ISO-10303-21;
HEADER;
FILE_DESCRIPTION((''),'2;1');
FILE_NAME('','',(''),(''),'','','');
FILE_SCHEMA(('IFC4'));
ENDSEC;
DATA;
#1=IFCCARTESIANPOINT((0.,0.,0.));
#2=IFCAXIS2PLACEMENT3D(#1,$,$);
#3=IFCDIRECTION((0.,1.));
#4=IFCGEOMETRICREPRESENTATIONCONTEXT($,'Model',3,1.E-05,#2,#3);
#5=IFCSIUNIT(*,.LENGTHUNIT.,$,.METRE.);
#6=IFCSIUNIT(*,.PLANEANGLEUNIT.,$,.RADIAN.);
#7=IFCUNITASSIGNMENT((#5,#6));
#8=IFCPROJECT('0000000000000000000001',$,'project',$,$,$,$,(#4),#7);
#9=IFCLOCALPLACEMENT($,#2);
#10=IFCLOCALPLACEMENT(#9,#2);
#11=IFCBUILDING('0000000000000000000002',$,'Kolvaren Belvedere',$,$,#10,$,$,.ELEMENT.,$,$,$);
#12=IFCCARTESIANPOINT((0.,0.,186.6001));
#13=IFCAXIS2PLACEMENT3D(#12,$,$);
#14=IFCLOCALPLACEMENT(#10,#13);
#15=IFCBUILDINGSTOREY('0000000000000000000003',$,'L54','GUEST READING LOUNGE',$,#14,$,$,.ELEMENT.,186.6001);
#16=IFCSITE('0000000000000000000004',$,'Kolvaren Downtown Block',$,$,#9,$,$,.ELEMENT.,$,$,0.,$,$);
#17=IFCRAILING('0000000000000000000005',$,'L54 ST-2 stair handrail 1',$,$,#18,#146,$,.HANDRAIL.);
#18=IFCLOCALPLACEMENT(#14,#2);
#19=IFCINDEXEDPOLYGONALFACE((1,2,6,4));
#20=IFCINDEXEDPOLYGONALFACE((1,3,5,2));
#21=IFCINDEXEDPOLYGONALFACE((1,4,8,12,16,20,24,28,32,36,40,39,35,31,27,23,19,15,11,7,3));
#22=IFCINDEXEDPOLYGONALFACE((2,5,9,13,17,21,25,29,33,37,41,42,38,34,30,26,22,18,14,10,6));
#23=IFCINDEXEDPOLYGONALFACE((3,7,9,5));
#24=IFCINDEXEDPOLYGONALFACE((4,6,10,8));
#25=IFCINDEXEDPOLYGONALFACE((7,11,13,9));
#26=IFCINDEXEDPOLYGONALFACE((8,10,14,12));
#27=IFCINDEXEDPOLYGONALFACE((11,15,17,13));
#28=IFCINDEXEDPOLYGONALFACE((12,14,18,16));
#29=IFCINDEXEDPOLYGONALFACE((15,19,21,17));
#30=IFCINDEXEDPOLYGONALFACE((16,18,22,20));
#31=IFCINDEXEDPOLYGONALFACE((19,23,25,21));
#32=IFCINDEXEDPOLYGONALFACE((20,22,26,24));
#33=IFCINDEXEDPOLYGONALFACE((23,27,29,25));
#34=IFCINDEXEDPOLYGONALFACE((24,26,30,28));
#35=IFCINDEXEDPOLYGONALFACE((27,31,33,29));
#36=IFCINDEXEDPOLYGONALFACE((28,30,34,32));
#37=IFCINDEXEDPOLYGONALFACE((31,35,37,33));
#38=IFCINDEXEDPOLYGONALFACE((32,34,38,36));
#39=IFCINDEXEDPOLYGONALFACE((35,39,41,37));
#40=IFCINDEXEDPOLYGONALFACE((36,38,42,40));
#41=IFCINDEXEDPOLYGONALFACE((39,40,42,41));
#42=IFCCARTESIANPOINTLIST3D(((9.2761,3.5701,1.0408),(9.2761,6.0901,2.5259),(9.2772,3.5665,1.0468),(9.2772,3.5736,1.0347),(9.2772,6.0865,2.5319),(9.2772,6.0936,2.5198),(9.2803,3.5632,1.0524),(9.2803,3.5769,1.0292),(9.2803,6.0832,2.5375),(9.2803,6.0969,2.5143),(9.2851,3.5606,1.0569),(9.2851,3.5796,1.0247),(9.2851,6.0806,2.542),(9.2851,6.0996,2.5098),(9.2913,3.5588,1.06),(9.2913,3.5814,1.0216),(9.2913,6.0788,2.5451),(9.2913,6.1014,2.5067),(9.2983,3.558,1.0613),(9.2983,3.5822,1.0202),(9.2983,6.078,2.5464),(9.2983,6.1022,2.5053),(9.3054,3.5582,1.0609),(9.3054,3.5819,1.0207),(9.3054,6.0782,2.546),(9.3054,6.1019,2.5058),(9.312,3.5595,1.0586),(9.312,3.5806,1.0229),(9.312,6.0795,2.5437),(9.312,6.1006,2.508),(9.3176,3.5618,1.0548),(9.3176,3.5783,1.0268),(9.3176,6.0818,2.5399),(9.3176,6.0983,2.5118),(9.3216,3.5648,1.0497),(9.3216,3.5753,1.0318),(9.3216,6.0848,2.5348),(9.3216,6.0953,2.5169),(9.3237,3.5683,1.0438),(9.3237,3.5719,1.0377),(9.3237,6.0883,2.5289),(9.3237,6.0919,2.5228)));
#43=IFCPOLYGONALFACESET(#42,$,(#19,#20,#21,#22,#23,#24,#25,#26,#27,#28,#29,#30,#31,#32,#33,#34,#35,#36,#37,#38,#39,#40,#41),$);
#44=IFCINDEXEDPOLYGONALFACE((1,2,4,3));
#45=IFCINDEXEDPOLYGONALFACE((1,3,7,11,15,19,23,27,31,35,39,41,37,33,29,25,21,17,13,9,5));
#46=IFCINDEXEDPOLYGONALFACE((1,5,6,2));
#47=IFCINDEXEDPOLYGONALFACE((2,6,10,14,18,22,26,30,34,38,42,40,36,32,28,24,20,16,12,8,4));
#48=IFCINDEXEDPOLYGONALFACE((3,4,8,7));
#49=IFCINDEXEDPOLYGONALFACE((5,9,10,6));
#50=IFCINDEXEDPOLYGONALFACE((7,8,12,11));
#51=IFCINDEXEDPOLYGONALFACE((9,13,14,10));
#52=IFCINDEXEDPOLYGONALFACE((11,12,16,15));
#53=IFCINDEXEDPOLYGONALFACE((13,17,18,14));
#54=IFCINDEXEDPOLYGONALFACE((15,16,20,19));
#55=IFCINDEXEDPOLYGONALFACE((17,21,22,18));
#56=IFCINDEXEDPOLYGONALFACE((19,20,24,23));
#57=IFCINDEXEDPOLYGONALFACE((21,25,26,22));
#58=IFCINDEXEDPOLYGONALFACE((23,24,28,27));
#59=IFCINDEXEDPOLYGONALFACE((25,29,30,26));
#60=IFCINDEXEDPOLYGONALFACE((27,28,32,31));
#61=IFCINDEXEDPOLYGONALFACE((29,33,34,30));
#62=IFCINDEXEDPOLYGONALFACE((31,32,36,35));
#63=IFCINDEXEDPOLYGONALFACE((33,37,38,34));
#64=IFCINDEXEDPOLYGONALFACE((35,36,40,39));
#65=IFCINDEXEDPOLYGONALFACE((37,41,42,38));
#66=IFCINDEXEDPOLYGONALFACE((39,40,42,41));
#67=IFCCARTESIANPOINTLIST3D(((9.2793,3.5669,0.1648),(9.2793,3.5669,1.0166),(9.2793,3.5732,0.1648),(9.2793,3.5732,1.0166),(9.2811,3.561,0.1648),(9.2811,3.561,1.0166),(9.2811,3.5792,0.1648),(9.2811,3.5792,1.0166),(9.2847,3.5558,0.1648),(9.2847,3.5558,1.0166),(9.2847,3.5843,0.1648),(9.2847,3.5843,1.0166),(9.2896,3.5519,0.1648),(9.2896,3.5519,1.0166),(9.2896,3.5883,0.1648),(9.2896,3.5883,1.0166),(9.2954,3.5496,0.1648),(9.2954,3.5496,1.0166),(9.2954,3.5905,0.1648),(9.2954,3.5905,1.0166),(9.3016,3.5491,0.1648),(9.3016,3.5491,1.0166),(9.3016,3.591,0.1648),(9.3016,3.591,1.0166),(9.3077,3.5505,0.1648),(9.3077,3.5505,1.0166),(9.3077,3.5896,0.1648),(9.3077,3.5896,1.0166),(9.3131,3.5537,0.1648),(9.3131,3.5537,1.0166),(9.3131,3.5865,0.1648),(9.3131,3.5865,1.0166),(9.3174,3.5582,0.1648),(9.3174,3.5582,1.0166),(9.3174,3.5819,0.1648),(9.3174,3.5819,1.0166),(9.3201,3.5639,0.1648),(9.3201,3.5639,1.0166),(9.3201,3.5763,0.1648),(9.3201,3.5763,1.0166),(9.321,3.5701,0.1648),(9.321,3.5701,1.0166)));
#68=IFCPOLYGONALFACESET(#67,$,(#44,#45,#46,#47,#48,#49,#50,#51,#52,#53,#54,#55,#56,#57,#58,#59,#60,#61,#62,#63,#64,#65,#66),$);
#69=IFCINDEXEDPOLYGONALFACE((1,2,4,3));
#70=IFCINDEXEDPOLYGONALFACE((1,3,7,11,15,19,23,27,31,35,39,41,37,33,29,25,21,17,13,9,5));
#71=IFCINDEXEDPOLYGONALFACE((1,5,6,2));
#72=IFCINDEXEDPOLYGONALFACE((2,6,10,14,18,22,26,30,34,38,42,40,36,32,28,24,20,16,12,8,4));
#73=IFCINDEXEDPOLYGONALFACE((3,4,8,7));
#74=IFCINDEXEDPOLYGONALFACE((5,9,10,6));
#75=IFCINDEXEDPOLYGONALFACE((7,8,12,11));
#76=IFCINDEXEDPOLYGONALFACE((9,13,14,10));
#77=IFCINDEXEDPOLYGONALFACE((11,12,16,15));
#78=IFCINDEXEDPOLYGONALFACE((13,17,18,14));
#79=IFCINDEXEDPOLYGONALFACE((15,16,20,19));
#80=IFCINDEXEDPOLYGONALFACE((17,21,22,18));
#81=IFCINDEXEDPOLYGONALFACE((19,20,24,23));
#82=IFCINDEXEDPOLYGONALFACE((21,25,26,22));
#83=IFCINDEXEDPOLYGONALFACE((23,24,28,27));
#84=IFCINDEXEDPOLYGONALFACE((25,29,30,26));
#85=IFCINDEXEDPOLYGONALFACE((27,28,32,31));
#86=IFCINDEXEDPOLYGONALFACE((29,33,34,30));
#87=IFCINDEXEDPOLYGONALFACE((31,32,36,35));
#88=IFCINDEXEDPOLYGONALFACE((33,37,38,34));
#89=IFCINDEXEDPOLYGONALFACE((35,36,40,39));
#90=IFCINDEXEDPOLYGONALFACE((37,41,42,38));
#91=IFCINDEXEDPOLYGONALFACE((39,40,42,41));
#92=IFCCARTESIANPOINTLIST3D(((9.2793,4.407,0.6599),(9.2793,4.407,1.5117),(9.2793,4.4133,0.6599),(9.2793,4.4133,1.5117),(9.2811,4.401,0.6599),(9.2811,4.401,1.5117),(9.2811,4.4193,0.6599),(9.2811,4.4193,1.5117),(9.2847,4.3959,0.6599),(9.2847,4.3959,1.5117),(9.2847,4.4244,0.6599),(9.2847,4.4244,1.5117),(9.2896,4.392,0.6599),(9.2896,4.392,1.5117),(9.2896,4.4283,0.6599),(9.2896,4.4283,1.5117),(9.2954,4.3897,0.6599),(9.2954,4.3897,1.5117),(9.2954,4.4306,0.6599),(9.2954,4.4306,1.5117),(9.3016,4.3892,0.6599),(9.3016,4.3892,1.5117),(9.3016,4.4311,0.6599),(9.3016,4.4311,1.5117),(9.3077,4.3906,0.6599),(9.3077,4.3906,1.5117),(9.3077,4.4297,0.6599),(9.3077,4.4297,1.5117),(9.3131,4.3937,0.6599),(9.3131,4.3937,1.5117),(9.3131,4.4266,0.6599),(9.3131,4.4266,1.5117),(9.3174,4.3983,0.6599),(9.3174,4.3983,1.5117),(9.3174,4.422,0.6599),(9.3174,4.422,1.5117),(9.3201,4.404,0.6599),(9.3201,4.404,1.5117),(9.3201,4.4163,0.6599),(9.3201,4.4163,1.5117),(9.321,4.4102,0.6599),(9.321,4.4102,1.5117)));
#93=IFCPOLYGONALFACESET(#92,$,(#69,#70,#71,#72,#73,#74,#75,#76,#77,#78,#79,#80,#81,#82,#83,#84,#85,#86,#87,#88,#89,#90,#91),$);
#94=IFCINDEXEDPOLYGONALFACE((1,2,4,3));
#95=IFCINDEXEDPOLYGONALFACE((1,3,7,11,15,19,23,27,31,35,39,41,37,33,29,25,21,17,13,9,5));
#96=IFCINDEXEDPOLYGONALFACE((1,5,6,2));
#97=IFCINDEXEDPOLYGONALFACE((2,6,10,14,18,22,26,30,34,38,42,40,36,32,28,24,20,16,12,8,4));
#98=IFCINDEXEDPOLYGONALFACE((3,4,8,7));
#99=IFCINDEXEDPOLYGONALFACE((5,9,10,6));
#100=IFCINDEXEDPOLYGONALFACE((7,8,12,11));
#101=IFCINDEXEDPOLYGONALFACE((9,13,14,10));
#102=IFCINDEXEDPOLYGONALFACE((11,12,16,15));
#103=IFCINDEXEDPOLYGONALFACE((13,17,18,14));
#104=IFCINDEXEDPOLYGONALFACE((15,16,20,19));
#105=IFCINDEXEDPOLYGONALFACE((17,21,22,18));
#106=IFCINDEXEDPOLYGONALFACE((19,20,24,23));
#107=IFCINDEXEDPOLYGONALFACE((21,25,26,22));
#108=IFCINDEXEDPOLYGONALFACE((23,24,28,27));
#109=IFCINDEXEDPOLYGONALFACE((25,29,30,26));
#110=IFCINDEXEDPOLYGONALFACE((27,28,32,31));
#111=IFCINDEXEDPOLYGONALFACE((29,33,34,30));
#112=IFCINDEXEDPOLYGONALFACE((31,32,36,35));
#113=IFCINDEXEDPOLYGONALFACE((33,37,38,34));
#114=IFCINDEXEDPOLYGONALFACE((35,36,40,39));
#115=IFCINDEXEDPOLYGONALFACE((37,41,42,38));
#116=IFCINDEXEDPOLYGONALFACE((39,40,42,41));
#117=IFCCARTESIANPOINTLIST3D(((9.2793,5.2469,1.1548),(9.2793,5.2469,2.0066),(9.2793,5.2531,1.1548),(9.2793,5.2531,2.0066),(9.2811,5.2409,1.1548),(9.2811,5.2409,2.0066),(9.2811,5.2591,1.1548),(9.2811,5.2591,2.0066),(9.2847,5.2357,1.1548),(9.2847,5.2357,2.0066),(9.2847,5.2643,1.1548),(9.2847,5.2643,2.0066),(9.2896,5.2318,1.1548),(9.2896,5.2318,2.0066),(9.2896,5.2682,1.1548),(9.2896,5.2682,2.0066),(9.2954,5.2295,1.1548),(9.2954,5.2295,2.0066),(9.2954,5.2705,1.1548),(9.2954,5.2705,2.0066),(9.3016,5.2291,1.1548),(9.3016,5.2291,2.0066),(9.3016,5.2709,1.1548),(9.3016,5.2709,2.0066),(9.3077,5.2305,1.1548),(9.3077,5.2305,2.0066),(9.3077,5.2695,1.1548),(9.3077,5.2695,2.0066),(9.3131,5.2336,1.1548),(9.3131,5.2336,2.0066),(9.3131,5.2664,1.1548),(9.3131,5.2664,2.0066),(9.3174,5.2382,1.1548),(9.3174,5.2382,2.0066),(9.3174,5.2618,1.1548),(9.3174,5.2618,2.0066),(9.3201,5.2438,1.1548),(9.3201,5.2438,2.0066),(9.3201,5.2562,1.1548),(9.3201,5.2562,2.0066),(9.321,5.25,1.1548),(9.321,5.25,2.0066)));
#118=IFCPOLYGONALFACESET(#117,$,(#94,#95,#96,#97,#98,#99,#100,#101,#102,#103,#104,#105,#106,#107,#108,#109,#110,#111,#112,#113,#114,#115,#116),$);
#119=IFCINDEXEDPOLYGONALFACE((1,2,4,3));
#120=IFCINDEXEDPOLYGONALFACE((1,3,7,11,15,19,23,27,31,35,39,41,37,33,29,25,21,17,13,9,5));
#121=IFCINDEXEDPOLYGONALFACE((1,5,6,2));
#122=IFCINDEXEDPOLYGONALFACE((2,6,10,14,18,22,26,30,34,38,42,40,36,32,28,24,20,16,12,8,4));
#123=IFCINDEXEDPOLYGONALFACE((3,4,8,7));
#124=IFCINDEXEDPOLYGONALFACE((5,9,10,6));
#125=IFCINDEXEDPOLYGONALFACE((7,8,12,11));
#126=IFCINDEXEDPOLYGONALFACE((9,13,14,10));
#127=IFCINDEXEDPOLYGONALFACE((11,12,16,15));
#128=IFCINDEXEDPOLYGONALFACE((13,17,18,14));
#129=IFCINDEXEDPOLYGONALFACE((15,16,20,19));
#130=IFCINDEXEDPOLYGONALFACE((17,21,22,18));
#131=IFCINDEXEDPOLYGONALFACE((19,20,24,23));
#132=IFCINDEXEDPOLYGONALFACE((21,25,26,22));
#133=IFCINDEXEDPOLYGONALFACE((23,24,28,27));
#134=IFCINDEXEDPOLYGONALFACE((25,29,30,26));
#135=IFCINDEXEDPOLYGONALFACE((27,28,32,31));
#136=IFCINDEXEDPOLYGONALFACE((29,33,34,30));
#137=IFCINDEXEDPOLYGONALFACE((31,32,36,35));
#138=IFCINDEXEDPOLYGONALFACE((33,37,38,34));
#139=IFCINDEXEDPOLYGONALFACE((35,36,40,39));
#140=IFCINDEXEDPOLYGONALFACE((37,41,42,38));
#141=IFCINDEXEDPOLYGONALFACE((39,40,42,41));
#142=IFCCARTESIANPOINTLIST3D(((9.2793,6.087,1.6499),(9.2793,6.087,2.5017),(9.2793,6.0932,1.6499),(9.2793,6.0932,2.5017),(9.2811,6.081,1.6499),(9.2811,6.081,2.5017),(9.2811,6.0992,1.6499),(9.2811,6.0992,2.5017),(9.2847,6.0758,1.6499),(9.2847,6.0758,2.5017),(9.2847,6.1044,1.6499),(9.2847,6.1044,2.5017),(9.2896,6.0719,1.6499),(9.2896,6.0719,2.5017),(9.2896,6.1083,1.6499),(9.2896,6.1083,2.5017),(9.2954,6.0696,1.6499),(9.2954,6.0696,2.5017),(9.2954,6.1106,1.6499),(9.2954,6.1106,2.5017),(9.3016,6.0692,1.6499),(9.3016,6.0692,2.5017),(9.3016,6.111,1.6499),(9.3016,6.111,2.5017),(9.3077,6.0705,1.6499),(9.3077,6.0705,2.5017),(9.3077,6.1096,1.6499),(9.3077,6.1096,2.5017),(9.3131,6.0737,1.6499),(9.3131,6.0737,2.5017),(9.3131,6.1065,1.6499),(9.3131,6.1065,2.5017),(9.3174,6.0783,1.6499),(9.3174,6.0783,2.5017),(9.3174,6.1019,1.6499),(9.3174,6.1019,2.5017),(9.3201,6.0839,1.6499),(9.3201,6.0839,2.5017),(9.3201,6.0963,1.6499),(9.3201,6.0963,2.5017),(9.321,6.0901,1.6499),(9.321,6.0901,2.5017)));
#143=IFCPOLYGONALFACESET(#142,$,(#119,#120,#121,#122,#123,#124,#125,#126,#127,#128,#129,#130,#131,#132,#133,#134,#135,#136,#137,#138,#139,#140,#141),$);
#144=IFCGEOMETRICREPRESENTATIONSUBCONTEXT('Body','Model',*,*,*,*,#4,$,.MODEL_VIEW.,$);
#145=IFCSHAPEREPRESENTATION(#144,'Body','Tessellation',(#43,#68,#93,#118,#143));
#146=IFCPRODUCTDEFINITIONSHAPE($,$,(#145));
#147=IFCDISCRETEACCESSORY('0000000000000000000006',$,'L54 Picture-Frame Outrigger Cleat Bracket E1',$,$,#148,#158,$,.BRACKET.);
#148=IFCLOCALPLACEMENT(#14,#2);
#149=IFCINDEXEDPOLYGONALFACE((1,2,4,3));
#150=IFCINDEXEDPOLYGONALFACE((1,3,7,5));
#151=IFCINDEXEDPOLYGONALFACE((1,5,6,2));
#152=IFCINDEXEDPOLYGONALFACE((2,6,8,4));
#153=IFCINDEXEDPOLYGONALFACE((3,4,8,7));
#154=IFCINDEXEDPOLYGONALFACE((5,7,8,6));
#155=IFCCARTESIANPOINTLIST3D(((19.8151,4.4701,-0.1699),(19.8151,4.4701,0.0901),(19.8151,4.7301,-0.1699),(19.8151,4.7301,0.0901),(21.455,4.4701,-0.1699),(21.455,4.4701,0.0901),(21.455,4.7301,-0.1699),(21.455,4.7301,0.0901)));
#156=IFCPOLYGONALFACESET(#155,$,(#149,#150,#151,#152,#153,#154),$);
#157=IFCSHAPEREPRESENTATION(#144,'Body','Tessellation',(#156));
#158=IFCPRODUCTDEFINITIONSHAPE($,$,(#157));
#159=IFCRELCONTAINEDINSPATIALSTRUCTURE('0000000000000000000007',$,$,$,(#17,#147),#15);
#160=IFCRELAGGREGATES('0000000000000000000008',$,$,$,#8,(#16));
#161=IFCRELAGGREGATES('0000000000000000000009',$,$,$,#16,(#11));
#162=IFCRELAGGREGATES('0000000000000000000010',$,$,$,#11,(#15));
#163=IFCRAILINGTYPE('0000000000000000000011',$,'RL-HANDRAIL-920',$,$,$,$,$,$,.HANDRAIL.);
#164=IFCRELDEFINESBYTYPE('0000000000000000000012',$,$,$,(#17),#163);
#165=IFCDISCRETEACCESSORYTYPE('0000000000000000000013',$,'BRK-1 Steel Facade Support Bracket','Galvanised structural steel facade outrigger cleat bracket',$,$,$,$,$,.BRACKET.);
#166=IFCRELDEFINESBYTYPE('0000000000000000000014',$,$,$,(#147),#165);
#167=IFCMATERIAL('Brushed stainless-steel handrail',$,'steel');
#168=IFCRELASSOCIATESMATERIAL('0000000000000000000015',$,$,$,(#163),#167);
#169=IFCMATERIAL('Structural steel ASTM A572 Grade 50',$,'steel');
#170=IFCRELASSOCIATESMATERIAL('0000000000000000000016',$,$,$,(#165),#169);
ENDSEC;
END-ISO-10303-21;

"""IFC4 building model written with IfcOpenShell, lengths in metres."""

from ifc_helpers import new_model, si_unit, direction, frame, origin, origin_2d, place, context, subcontext, project, spatial, rectangle, circle, extrude, material, type_object, element, save


model = new_model("IFC4")

# Units and contexts
model_context = context("Model", 3, precision=1e-05, world=origin(), true_north=direction((0.0, 1.0)))
body_context = subcontext(model_context, "Body", "Model", "MODEL_VIEW")
ifc_project = project(units=[si_unit("LENGTHUNIT", "METRE"), si_unit("PLANEANGLEUNIT", "RADIAN")], contexts=[model_context])

# Site, building, storey
site_placement = place(None, origin())
site = spatial("IfcSite", under=ifc_project, at=site_placement, Name="Kolvaren Downtown Block", CompositionType="ELEMENT", RefElevation=0.0)
building_placement = place(site_placement, origin())
building = spatial("IfcBuilding", under=site, at=building_placement, Name="Kolvaren Belvedere", CompositionType="ELEMENT")
storey_placement = place(building_placement, frame((0.0, 0.0, 186.6001)))
storey = spatial("IfcBuildingStorey", under=building, at=storey_placement, Name="L54", Description="GUEST READING LOUNGE", CompositionType="ELEMENT", Elevation=186.6001)

# Railing
ifc_material_1 = material(Name="Brushed stainless-steel handrail", Category="steel")
railing_type = type_object("IfcRailingType", Name="RL-HANDRAIL-920", PredefinedType="HANDRAIL", material=ifc_material_1)
railing_placement = place(storey_placement, frame((9.3, 3.5701, 0.1648)))
element("IfcRailing", 1, at=railing_placement, inside=storey, type_object=railing_type, Name="L54 ST-2 stair handrail 1", PredefinedType="HANDRAIL", context=body_context, shape_type="SweptSolid", body=[
    extrude(circle(Radius=0.0239, at=origin_2d()), frame((0.0, 0.0, 0.876), z_axis=(0.0, 0.861524, 0.507717), x_axis=(-1.0, 0.0, 0.0)), (0.0, 0.0, 1.0), 2.925),
    extrude(circle(Radius=0.021, at=origin_2d()), origin(), (0.0, 0.0, 1.0), 0.8518),
    extrude(circle(Radius=0.021, at=origin_2d()), frame((0.0, 0.8401, 0.4951)), (0.0, 0.0, 1.0), 0.8518),
    extrude(circle(Radius=0.021, at=origin_2d()), frame((0.0, 1.6799, 0.99)), (0.0, 0.0, 1.0), 0.8518),
    extrude(circle(Radius=0.021, at=origin_2d()), frame((0.0, 2.52, 1.4851)), (0.0, 0.0, 1.0), 0.8518),
])

# Discrete accessory
ifc_material_2 = material(Name="Structural steel ASTM A572 Grade 50", Category="steel")
discrete_accessory_type = type_object("IfcDiscreteAccessoryType", Name="BRK-1 Steel Facade Support Bracket", Description="Galvanised structural steel facade outrigger cleat bracket", PredefinedType="BRACKET", material=ifc_material_2)
discrete_accessory_placement = place(storey_placement, frame((20.635, 4.6001, -0.1699), z_axis=(0.0, 0.0, 1.0), x_axis=(1.0, 0.0, 0.0)))
element("IfcDiscreteAccessory", 2, at=discrete_accessory_placement, inside=storey, type_object=discrete_accessory_type, Name="L54 Picture-Frame Outrigger Cleat Bracket E1", PredefinedType="BRACKET", context=body_context, shape_type="SweptSolid", body=[
    extrude(rectangle(XDim=1.6399, YDim=0.26, at=origin_2d()), origin(), (0.0, 0.0, 1.0), 0.26),
])

save(model, "model.ifc")
